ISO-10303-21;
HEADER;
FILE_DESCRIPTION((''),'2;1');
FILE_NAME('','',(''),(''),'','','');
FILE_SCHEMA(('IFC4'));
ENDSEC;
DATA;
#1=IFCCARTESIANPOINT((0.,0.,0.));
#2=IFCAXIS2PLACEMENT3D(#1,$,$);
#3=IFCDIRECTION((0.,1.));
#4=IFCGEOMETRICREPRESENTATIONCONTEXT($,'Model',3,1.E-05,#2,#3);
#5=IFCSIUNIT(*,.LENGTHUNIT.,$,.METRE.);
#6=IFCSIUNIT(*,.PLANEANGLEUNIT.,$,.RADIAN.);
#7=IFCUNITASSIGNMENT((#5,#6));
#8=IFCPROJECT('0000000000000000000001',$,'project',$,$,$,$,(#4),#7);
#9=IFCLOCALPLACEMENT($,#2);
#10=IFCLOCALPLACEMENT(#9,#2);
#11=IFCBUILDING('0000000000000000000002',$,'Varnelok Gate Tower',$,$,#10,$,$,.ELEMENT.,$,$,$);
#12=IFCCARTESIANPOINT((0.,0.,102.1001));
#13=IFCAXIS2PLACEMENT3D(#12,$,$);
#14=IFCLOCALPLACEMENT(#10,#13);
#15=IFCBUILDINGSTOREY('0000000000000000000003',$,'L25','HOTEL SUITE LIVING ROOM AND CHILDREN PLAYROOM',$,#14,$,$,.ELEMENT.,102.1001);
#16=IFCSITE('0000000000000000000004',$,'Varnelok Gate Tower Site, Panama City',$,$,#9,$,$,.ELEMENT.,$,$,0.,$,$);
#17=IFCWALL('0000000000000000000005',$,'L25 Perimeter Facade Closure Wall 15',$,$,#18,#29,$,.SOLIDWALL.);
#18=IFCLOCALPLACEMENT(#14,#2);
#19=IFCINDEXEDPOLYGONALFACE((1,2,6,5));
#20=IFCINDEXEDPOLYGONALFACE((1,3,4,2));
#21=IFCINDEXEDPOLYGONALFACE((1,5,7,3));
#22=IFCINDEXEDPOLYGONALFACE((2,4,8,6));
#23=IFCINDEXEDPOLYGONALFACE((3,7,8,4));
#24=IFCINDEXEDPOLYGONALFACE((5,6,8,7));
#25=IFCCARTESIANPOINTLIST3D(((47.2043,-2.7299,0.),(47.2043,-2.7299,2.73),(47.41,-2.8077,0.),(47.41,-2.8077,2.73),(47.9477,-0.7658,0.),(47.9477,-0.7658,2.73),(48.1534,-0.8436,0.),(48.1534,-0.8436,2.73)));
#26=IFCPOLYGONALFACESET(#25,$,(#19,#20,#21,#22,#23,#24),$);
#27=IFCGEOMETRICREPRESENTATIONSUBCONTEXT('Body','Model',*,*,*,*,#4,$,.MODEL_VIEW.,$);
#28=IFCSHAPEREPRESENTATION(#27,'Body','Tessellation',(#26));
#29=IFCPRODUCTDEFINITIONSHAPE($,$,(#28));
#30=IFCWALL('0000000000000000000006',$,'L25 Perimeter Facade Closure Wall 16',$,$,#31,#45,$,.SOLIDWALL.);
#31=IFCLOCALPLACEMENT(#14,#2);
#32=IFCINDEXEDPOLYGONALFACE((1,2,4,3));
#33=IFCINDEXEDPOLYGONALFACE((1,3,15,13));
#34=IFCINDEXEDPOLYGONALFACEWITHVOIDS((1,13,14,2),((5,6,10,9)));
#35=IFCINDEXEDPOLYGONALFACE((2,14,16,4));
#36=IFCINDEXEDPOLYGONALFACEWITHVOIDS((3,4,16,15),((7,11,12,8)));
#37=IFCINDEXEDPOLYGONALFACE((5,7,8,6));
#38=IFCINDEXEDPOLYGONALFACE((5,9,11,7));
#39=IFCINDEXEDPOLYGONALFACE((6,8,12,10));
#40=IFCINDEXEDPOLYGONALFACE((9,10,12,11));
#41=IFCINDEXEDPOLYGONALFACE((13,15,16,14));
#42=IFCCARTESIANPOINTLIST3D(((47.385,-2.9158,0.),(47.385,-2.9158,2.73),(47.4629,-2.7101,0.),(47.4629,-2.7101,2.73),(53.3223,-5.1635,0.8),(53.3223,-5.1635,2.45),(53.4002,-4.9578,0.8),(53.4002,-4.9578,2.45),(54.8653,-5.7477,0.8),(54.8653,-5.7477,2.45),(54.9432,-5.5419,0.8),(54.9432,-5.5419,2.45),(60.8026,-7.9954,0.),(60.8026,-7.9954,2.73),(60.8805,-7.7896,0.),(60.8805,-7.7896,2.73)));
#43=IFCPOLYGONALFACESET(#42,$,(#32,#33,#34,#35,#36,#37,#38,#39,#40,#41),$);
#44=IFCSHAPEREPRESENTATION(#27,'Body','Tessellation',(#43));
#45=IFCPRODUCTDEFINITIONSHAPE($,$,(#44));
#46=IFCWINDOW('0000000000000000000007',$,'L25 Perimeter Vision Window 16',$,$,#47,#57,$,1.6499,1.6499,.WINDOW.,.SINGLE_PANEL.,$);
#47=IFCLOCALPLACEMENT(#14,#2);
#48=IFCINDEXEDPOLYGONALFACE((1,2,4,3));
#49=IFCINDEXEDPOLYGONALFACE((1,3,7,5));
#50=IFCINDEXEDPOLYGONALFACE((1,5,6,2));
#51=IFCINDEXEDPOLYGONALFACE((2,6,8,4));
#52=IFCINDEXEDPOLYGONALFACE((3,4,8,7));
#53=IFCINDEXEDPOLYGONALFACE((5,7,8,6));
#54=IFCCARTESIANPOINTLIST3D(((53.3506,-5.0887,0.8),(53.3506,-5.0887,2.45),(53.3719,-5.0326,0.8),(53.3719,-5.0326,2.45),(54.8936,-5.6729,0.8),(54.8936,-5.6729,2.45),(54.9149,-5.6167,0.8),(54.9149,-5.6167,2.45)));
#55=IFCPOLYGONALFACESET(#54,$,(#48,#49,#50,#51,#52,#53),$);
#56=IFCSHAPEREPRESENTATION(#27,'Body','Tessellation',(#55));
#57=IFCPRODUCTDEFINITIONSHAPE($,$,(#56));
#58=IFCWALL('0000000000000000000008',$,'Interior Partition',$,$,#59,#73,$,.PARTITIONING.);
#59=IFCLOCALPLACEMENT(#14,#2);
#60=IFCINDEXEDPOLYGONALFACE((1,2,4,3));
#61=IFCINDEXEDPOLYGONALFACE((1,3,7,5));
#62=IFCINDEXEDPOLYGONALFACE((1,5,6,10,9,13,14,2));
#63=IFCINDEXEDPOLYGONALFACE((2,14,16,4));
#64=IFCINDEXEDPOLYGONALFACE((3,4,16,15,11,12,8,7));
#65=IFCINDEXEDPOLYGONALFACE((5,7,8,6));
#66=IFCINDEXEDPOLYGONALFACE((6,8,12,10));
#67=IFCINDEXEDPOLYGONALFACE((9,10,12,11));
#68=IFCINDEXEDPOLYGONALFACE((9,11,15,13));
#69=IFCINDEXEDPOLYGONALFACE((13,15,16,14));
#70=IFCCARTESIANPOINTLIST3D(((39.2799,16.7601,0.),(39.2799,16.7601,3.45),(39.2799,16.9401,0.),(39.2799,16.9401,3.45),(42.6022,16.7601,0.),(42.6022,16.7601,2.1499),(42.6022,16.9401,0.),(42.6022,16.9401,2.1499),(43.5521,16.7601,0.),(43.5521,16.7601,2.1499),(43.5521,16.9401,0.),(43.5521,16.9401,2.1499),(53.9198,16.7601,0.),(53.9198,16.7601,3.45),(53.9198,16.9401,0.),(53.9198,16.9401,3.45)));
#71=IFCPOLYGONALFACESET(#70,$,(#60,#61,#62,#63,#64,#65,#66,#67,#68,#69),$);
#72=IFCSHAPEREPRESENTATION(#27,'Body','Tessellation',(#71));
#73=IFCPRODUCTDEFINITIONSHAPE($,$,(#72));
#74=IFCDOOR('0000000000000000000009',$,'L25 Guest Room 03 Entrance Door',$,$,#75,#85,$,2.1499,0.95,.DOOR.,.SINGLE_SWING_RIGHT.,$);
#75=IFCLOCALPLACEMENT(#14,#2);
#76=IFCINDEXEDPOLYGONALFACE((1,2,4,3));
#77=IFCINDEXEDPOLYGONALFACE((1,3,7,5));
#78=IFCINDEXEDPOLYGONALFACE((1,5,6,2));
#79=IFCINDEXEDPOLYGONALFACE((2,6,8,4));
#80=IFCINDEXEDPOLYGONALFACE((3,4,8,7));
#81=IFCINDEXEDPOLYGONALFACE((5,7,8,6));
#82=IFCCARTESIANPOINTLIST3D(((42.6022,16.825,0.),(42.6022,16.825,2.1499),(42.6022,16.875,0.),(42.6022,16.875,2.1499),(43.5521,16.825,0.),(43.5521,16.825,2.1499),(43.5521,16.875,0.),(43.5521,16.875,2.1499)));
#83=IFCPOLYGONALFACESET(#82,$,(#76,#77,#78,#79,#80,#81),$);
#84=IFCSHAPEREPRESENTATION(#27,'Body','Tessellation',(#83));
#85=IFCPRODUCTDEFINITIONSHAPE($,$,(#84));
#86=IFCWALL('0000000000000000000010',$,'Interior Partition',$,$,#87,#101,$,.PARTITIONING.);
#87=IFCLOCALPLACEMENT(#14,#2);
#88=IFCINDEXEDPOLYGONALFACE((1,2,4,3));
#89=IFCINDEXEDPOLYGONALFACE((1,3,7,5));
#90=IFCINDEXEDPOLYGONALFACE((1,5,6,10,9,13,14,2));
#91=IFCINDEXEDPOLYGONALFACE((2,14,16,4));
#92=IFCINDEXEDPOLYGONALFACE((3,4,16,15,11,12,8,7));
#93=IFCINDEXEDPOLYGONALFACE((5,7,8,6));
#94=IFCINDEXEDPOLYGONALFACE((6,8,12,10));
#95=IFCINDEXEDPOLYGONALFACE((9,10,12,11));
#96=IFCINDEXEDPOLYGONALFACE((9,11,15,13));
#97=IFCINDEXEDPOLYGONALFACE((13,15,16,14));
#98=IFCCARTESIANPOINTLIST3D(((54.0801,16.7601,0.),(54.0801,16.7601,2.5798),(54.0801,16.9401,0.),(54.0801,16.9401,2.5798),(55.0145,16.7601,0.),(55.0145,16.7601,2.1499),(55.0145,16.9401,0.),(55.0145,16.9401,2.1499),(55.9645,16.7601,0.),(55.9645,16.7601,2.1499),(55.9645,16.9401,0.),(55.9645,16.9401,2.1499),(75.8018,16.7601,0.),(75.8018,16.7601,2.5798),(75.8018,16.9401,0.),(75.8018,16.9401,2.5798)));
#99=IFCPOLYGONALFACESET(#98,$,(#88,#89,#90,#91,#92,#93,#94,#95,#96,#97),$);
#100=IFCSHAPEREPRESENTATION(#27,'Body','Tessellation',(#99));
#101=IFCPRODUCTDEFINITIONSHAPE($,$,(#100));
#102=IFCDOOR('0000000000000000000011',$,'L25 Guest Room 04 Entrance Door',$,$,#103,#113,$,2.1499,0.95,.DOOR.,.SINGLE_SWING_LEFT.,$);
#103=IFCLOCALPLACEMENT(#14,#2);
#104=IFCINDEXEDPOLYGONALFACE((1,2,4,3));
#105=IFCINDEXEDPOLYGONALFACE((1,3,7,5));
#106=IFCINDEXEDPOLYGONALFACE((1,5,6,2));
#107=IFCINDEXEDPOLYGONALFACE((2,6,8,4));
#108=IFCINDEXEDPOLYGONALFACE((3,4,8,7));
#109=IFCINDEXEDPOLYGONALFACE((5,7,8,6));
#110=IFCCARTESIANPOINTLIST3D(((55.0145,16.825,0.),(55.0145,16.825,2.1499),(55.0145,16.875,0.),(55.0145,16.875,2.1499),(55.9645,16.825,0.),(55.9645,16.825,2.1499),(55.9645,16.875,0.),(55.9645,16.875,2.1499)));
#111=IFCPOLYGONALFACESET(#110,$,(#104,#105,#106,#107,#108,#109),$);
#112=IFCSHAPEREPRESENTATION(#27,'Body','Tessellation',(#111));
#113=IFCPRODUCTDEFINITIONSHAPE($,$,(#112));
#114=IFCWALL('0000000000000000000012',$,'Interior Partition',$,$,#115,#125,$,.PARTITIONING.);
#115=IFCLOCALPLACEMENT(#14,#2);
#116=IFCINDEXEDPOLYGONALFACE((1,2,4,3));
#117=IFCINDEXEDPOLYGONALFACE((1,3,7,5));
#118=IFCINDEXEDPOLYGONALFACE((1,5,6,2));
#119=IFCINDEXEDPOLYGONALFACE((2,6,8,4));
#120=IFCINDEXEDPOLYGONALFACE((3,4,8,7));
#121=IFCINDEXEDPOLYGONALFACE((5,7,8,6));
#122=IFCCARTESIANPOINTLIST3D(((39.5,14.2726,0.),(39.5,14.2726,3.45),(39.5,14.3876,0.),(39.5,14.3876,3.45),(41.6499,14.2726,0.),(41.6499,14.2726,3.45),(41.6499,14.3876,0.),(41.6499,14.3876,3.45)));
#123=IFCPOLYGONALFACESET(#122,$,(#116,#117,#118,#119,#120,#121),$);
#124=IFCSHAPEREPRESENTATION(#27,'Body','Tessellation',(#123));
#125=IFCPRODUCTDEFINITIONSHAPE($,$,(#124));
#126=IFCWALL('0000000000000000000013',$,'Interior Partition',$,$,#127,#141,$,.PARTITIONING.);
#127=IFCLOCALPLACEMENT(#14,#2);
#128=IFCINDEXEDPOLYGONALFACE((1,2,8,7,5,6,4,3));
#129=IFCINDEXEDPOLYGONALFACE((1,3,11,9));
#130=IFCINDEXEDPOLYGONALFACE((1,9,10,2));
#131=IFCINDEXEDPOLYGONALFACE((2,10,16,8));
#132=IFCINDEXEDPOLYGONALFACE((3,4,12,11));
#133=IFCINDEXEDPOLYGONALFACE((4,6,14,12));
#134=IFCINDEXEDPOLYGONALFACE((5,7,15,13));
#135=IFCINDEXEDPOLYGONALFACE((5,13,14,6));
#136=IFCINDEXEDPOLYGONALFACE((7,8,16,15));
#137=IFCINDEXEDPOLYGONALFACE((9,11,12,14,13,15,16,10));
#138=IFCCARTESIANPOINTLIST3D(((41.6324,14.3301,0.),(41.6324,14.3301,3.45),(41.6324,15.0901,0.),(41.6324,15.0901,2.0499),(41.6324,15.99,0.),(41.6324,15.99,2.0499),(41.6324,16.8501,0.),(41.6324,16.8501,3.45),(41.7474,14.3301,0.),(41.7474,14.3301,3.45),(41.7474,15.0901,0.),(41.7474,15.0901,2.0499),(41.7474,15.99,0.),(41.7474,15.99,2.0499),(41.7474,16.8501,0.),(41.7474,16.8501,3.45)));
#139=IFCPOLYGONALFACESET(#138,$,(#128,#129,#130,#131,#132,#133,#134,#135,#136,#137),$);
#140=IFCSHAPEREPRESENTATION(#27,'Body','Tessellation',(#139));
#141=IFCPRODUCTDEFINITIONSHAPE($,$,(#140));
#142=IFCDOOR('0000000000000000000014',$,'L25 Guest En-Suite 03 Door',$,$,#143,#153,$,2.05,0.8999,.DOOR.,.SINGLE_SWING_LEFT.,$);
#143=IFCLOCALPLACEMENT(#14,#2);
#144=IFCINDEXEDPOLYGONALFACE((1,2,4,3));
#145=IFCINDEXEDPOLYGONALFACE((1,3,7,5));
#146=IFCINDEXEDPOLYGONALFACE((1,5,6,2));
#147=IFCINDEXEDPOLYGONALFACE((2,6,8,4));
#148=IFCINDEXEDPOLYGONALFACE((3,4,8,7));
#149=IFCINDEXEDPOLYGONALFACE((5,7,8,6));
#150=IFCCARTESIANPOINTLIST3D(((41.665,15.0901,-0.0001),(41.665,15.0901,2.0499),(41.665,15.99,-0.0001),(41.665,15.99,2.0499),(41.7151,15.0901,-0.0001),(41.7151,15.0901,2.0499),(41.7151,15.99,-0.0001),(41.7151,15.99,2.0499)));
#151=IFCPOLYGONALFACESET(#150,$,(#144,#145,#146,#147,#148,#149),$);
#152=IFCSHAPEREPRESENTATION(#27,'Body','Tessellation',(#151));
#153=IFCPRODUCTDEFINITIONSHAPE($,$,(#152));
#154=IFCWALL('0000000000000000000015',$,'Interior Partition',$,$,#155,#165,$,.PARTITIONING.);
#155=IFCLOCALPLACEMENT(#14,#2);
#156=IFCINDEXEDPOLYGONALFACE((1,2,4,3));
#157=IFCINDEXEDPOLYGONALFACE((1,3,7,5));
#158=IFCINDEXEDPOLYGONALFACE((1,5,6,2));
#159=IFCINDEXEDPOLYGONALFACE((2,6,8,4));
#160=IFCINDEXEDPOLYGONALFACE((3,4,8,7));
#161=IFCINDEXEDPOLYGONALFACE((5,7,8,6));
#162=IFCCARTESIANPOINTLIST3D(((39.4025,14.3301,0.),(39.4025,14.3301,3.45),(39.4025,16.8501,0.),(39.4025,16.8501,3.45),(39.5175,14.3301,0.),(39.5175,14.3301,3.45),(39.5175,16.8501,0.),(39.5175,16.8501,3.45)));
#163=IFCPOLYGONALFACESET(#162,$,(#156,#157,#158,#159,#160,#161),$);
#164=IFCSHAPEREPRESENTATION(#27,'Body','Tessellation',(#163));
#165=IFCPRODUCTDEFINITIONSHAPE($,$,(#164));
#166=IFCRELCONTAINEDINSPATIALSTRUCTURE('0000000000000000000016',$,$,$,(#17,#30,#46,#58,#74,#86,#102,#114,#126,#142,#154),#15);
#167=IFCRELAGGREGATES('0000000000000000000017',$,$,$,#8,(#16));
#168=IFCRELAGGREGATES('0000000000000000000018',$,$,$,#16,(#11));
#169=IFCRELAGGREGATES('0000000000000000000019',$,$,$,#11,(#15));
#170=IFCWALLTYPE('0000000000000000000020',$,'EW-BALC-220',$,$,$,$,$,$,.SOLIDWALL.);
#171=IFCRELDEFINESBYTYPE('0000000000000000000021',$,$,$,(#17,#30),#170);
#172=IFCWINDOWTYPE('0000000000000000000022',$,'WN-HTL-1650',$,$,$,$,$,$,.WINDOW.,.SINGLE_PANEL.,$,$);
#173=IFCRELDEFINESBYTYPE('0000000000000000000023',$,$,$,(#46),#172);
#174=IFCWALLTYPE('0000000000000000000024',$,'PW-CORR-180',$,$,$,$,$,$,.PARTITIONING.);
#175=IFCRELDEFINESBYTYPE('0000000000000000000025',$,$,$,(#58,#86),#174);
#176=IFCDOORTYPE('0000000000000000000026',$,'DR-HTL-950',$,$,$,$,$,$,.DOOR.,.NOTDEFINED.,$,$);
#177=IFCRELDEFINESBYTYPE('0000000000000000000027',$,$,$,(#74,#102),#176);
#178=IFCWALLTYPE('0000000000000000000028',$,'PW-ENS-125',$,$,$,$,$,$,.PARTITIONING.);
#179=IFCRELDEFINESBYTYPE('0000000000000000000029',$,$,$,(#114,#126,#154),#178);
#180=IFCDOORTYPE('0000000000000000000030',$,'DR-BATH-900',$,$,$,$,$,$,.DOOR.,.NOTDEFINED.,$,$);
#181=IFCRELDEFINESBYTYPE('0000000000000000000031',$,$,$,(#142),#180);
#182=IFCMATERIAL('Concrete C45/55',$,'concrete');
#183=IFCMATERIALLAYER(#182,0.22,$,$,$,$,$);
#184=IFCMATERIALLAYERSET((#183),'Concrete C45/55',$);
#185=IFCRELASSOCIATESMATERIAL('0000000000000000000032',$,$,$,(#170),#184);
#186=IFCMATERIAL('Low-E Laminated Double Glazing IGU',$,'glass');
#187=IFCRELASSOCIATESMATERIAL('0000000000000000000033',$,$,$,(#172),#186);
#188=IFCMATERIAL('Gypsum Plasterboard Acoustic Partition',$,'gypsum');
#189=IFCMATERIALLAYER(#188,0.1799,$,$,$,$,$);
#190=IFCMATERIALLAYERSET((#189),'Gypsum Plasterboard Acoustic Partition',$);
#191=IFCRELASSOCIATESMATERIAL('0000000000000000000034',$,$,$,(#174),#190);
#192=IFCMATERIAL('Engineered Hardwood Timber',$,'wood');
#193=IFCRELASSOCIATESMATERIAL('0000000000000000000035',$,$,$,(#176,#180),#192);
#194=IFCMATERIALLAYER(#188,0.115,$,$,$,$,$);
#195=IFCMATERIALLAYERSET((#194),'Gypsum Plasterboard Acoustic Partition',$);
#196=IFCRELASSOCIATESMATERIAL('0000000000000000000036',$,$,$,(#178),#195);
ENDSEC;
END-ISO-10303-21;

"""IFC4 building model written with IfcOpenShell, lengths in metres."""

from ifc_helpers import new_model, si_unit, direction, frame, frame_2d, origin, place, context, subcontext, project, spatial, rectangle, extrude, material, layer, layer_set, type_object, element, fill, save


model = new_model("IFC4")

# Units and contexts
model_context = context("Model", 3, precision=1e-05, world=origin(), true_north=direction((0.0, 1.0)))
body_context = subcontext(model_context, "Body", "Model", "MODEL_VIEW")
ifc_project = project(units=[si_unit("LENGTHUNIT", "METRE"), si_unit("PLANEANGLEUNIT", "RADIAN")], contexts=[model_context])

# Site, building, storey
site_placement = place(None, origin())
site = spatial("IfcSite", under=ifc_project, at=site_placement, Name="Varnelok Gate Tower Site, Panama City", CompositionType="ELEMENT", RefElevation=0.0)
building_placement = place(site_placement, origin())
building = spatial("IfcBuilding", under=site, at=building_placement, Name="Varnelok Gate Tower", CompositionType="ELEMENT")
storey_placement = place(building_placement, frame((0.0, 0.0, 102.1001)))
storey = spatial("IfcBuildingStorey", under=building, at=storey_placement, Name="L25", Description="HOTEL SUITE LIVING ROOM AND CHILDREN PLAYROOM", CompositionType="ELEMENT", Elevation=102.1001)

# Shared definitions
ifc_material_1 = material(Name="Concrete C45/55", Category="concrete")
ifc_layer_1 = layer(ifc_material_1, 0.22)
ifc_layer_set_1 = layer_set([ifc_layer_1], Name="Concrete C45/55")
wall_type_1 = type_object("IfcWallType", Name="EW-BALC-220", PredefinedType="SOLIDWALL", material=ifc_layer_set_1)

# Wall
wall_1_placement = place(storey_placement, frame((48.0505, -0.8047, 0.0), z_axis=(0.0, 0.0, 1.0), x_axis=(-0.353988, -0.93525, 0.0)))
element("IfcWall", 1, at=wall_1_placement, inside=storey, type_object=wall_type_1, Name="L25 Perimeter Facade Closure Wall 15", PredefinedType="SOLIDWALL", context=body_context, shape_type="SweptSolid", body=[
    extrude(rectangle(XDim=2.1001, YDim=0.22, at=frame_2d((1.05, 0.0))), origin(), (0.0, 0.0, 1.0), 2.73),
])

# Wall, opening, window
wall_2_placement = place(storey_placement, frame((47.4241, -2.813, 0.0), z_axis=(0.0, 0.0, 1.0), x_axis=(0.935226, -0.354051, 0.0)))
wall_2 = element("IfcWall", 2, at=wall_2_placement, inside=storey, type_object=wall_type_1, Name="L25 Perimeter Facade Closure Wall 16", PredefinedType="SOLIDWALL", context=body_context, shape_type="SweptSolid", body=[
    extrude(rectangle(XDim=14.3469, YDim=0.22, at=frame_2d((7.1733, 0.0))), origin(), (0.0, 0.0, 1.0), 2.73),
])
opening_1_placement = place(wall_2_placement, frame((6.3484, 0.0, 0.8)))
opening_1 = element("IfcOpeningElement", 3, at=opening_1_placement, cuts=wall_2, PredefinedType="OPENING", context=body_context, shape_type="SweptSolid", body=[
    extrude(rectangle(XDim=1.6499, YDim=1.6499, at=frame_2d((0.825, 0.825))), frame((0.0, 0.1199, 0.0), z_axis=(0.0, -1.0, 0.0), x_axis=(1.0, 0.0, 0.0)), (0.0, 0.0, 1.0), 0.24),
])
ifc_material_2 = material(Name="Low-E Laminated Double Glazing IGU", Category="glass")
window_type = type_object("IfcWindowType", Name="WN-HTL-1650", PartitioningType="SINGLE_PANEL", PredefinedType="WINDOW", material=ifc_material_2)
window_placement = place(opening_1_placement, origin())
window = element("IfcWindow", 4, at=window_placement, inside=storey, type_object=window_type, Name="L25 Perimeter Vision Window 16", OverallHeight=1.6499, OverallWidth=1.6499, PartitioningType="SINGLE_PANEL", PredefinedType="WINDOW", context=body_context, shape_type="SweptSolid", body=[
    extrude(rectangle(XDim=1.6499, YDim=1.6499, at=frame_2d((0.825, 0.825))), frame((0.0, 0.03, 0.0), z_axis=(0.0, -1.0, 0.0), x_axis=(1.0, 0.0, 0.0)), (0.0, 0.0, 1.0), 0.0601),
])
fill(opening_1, window)

# Walls, openings, doors
ifc_material_3 = material(Name="Gypsum Plasterboard Acoustic Partition", Category="gypsum")
ifc_layer_2 = layer(ifc_material_3, 0.1799)
ifc_layer_set_2 = layer_set([ifc_layer_2], Name="Gypsum Plasterboard Acoustic Partition")
wall_type_2 = type_object("IfcWallType", Name="PW-CORR-180", PredefinedType="PARTITIONING", material=ifc_layer_set_2)
wall_3_placement = place(storey_placement, frame((39.28, 16.8501, 0.0), z_axis=(0.0, 0.0, 1.0), x_axis=(1.0, 0.0, 0.0)))
wall_3 = element("IfcWall", 5, at=wall_3_placement, inside=storey, type_object=wall_type_2, Name="Interior Partition", PredefinedType="PARTITIONING", context=body_context, shape_type="SweptSolid", body=[
    extrude(rectangle(XDim=14.6399, YDim=0.1799, at=frame_2d((7.3198, 0.0))), origin(), (0.0, 0.0, 1.0), 3.45),
])
opening_2_placement = place(wall_3_placement, frame((3.322, 0.0, 0.0)))
opening_2 = element("IfcOpeningElement", 6, at=opening_2_placement, cuts=wall_3, PredefinedType="OPENING", context=body_context, shape_type="SweptSolid", body=[
    extrude(rectangle(XDim=0.95, YDim=2.1499, at=frame_2d((0.4751, 1.075))), frame((0.0, 0.0999, 0.0), z_axis=(0.0, -1.0, 0.0), x_axis=(1.0, 0.0, 0.0)), (0.0, 0.0, 1.0), 0.2),
])
ifc_material_4 = material(Name="Engineered Hardwood Timber", Category="wood")
door_type_1 = type_object("IfcDoorType", Name="DR-HTL-950", OperationType="NOTDEFINED", PredefinedType="DOOR", material=ifc_material_4)
door_1_placement = place(opening_2_placement, origin())
door_1 = element("IfcDoor", 7, at=door_1_placement, inside=storey, type_object=door_type_1, Name="L25 Guest Room 03 Entrance Door", OperationType="SINGLE_SWING_RIGHT", OverallHeight=2.1499, OverallWidth=0.95, PredefinedType="DOOR", context=body_context, shape_type="SweptSolid", body=[
    extrude(rectangle(XDim=0.95, YDim=2.1499, at=frame_2d((0.4751, 1.075))), frame((0.0, 0.0249, 0.0), z_axis=(0.0, -1.0, 0.0), x_axis=(1.0, 0.0, 0.0)), (0.0, 0.0, 1.0), 0.05),
])
fill(opening_2, door_1)
wall_4_placement = place(storey_placement, frame((54.0801, 16.8501, 0.0), z_axis=(0.0, 0.0, 1.0), x_axis=(1.0, 0.0, 0.0)))
wall_4 = element("IfcWall", 8, at=wall_4_placement, inside=storey, type_object=wall_type_2, Name="Interior Partition", PredefinedType="PARTITIONING", context=body_context, shape_type="SweptSolid", body=[
    extrude(rectangle(XDim=21.7217, YDim=0.1799, at=frame_2d((10.8608, 0.0))), origin(), (0.0, 0.0, 1.0), 2.5798),
])
opening_3_placement = place(wall_4_placement, frame((0.9343, 0.0, 0.0)))
opening_3 = element("IfcOpeningElement", 9, at=opening_3_placement, cuts=wall_4, PredefinedType="OPENING", context=body_context, shape_type="SweptSolid", body=[
    extrude(rectangle(XDim=0.95, YDim=2.1499, at=frame_2d((0.4751, 1.075))), frame((0.0, 0.0999, 0.0), z_axis=(0.0, -1.0, 0.0), x_axis=(1.0, 0.0, 0.0)), (0.0, 0.0, 1.0), 0.2),
])
door_2_placement = place(opening_3_placement, origin())
door_2 = element("IfcDoor", 10, at=door_2_placement, inside=storey, type_object=door_type_1, Name="L25 Guest Room 04 Entrance Door", OperationType="SINGLE_SWING_LEFT", OverallHeight=2.1499, OverallWidth=0.95, PredefinedType="DOOR", context=body_context, shape_type="SweptSolid", body=[
    extrude(rectangle(XDim=0.95, YDim=2.1499, at=frame_2d((0.4751, 1.075))), frame((0.0, 0.0249, 0.0), z_axis=(0.0, -1.0, 0.0), x_axis=(1.0, 0.0, 0.0)), (0.0, 0.0, 1.0), 0.05),
])
fill(opening_3, door_2)

# Wall
ifc_layer_3 = layer(ifc_material_3, 0.115)
ifc_layer_set_3 = layer_set([ifc_layer_3], Name="Gypsum Plasterboard Acoustic Partition")
wall_type_3 = type_object("IfcWallType", Name="PW-ENS-125", PredefinedType="PARTITIONING", material=ifc_layer_set_3)
wall_5_placement = place(storey_placement, frame((39.5, 14.3301, 0.0), z_axis=(0.0, 0.0, 1.0), x_axis=(1.0, 0.0, 0.0)))
element("IfcWall", 11, at=wall_5_placement, inside=storey, type_object=wall_type_3, Name="Interior Partition", PredefinedType="PARTITIONING", context=body_context, shape_type="SweptSolid", body=[
    extrude(rectangle(XDim=2.1499, YDim=0.115, at=frame_2d((1.075, 0.0))), origin(), (0.0, 0.0, 1.0), 3.45),
])

# Wall, opening, door
wall_6_placement = place(storey_placement, frame((41.6899, 14.3301, 0.0), z_axis=(0.0, 0.0, 1.0), x_axis=(0.0, 1.0, 0.0)))
wall_6 = element("IfcWall", 12, at=wall_6_placement, inside=storey, type_object=wall_type_3, Name="Interior Partition", PredefinedType="PARTITIONING", context=body_context, shape_type="SweptSolid", body=[
    extrude(rectangle(XDim=2.52, YDim=0.115, at=frame_2d((1.26, 0.0))), origin(), (0.0, 0.0, 1.0), 3.45),
])
opening_4_placement = place(wall_6_placement, frame((0.76, 0.0, 0.0)))
opening_4 = element("IfcOpeningElement", 13, at=opening_4_placement, cuts=wall_6, PredefinedType="OPENING", context=body_context, shape_type="SweptSolid", body=[
    extrude(rectangle(XDim=0.8999, YDim=2.05, at=frame_2d((0.45, 1.0249))), frame((0.0, 0.0674, 0.0), z_axis=(0.0, -1.0, 0.0), x_axis=(1.0, 0.0, 0.0)), (0.0, 0.0, 1.0), 0.135),
])
door_type_2 = type_object("IfcDoorType", Name="DR-BATH-900", OperationType="NOTDEFINED", PredefinedType="DOOR", material=ifc_material_4)
door_3_placement = place(opening_4_placement, origin())
door_3 = element("IfcDoor", 14, at=door_3_placement, inside=storey, type_object=door_type_2, Name="L25 Guest En-Suite 03 Door", OperationType="SINGLE_SWING_LEFT", OverallHeight=2.05, OverallWidth=0.8999, PredefinedType="DOOR", context=body_context, shape_type="SweptSolid", body=[
    extrude(rectangle(XDim=0.8999, YDim=2.05, at=frame_2d((0.45, 1.0249))), frame((0.0, 0.0249, 0.0), z_axis=(0.0, -1.0, 0.0), x_axis=(1.0, 0.0, 0.0)), (0.0, 0.0, 1.0), 0.05),
])
fill(opening_4, door_3)

# Wall
wall_7_placement = place(storey_placement, frame((39.46, 14.3301, 0.0), z_axis=(0.0, 0.0, 1.0), x_axis=(0.0, 1.0, 0.0)))
element("IfcWall", 15, at=wall_7_placement, inside=storey, type_object=wall_type_3, Name="Interior Partition", PredefinedType="PARTITIONING", context=body_context, shape_type="SweptSolid", body=[
    extrude(rectangle(XDim=2.52, YDim=0.115, at=frame_2d((1.26, 0.0))), origin(), (0.0, 0.0, 1.0), 3.45),
])

save(model, "model.ifc")
